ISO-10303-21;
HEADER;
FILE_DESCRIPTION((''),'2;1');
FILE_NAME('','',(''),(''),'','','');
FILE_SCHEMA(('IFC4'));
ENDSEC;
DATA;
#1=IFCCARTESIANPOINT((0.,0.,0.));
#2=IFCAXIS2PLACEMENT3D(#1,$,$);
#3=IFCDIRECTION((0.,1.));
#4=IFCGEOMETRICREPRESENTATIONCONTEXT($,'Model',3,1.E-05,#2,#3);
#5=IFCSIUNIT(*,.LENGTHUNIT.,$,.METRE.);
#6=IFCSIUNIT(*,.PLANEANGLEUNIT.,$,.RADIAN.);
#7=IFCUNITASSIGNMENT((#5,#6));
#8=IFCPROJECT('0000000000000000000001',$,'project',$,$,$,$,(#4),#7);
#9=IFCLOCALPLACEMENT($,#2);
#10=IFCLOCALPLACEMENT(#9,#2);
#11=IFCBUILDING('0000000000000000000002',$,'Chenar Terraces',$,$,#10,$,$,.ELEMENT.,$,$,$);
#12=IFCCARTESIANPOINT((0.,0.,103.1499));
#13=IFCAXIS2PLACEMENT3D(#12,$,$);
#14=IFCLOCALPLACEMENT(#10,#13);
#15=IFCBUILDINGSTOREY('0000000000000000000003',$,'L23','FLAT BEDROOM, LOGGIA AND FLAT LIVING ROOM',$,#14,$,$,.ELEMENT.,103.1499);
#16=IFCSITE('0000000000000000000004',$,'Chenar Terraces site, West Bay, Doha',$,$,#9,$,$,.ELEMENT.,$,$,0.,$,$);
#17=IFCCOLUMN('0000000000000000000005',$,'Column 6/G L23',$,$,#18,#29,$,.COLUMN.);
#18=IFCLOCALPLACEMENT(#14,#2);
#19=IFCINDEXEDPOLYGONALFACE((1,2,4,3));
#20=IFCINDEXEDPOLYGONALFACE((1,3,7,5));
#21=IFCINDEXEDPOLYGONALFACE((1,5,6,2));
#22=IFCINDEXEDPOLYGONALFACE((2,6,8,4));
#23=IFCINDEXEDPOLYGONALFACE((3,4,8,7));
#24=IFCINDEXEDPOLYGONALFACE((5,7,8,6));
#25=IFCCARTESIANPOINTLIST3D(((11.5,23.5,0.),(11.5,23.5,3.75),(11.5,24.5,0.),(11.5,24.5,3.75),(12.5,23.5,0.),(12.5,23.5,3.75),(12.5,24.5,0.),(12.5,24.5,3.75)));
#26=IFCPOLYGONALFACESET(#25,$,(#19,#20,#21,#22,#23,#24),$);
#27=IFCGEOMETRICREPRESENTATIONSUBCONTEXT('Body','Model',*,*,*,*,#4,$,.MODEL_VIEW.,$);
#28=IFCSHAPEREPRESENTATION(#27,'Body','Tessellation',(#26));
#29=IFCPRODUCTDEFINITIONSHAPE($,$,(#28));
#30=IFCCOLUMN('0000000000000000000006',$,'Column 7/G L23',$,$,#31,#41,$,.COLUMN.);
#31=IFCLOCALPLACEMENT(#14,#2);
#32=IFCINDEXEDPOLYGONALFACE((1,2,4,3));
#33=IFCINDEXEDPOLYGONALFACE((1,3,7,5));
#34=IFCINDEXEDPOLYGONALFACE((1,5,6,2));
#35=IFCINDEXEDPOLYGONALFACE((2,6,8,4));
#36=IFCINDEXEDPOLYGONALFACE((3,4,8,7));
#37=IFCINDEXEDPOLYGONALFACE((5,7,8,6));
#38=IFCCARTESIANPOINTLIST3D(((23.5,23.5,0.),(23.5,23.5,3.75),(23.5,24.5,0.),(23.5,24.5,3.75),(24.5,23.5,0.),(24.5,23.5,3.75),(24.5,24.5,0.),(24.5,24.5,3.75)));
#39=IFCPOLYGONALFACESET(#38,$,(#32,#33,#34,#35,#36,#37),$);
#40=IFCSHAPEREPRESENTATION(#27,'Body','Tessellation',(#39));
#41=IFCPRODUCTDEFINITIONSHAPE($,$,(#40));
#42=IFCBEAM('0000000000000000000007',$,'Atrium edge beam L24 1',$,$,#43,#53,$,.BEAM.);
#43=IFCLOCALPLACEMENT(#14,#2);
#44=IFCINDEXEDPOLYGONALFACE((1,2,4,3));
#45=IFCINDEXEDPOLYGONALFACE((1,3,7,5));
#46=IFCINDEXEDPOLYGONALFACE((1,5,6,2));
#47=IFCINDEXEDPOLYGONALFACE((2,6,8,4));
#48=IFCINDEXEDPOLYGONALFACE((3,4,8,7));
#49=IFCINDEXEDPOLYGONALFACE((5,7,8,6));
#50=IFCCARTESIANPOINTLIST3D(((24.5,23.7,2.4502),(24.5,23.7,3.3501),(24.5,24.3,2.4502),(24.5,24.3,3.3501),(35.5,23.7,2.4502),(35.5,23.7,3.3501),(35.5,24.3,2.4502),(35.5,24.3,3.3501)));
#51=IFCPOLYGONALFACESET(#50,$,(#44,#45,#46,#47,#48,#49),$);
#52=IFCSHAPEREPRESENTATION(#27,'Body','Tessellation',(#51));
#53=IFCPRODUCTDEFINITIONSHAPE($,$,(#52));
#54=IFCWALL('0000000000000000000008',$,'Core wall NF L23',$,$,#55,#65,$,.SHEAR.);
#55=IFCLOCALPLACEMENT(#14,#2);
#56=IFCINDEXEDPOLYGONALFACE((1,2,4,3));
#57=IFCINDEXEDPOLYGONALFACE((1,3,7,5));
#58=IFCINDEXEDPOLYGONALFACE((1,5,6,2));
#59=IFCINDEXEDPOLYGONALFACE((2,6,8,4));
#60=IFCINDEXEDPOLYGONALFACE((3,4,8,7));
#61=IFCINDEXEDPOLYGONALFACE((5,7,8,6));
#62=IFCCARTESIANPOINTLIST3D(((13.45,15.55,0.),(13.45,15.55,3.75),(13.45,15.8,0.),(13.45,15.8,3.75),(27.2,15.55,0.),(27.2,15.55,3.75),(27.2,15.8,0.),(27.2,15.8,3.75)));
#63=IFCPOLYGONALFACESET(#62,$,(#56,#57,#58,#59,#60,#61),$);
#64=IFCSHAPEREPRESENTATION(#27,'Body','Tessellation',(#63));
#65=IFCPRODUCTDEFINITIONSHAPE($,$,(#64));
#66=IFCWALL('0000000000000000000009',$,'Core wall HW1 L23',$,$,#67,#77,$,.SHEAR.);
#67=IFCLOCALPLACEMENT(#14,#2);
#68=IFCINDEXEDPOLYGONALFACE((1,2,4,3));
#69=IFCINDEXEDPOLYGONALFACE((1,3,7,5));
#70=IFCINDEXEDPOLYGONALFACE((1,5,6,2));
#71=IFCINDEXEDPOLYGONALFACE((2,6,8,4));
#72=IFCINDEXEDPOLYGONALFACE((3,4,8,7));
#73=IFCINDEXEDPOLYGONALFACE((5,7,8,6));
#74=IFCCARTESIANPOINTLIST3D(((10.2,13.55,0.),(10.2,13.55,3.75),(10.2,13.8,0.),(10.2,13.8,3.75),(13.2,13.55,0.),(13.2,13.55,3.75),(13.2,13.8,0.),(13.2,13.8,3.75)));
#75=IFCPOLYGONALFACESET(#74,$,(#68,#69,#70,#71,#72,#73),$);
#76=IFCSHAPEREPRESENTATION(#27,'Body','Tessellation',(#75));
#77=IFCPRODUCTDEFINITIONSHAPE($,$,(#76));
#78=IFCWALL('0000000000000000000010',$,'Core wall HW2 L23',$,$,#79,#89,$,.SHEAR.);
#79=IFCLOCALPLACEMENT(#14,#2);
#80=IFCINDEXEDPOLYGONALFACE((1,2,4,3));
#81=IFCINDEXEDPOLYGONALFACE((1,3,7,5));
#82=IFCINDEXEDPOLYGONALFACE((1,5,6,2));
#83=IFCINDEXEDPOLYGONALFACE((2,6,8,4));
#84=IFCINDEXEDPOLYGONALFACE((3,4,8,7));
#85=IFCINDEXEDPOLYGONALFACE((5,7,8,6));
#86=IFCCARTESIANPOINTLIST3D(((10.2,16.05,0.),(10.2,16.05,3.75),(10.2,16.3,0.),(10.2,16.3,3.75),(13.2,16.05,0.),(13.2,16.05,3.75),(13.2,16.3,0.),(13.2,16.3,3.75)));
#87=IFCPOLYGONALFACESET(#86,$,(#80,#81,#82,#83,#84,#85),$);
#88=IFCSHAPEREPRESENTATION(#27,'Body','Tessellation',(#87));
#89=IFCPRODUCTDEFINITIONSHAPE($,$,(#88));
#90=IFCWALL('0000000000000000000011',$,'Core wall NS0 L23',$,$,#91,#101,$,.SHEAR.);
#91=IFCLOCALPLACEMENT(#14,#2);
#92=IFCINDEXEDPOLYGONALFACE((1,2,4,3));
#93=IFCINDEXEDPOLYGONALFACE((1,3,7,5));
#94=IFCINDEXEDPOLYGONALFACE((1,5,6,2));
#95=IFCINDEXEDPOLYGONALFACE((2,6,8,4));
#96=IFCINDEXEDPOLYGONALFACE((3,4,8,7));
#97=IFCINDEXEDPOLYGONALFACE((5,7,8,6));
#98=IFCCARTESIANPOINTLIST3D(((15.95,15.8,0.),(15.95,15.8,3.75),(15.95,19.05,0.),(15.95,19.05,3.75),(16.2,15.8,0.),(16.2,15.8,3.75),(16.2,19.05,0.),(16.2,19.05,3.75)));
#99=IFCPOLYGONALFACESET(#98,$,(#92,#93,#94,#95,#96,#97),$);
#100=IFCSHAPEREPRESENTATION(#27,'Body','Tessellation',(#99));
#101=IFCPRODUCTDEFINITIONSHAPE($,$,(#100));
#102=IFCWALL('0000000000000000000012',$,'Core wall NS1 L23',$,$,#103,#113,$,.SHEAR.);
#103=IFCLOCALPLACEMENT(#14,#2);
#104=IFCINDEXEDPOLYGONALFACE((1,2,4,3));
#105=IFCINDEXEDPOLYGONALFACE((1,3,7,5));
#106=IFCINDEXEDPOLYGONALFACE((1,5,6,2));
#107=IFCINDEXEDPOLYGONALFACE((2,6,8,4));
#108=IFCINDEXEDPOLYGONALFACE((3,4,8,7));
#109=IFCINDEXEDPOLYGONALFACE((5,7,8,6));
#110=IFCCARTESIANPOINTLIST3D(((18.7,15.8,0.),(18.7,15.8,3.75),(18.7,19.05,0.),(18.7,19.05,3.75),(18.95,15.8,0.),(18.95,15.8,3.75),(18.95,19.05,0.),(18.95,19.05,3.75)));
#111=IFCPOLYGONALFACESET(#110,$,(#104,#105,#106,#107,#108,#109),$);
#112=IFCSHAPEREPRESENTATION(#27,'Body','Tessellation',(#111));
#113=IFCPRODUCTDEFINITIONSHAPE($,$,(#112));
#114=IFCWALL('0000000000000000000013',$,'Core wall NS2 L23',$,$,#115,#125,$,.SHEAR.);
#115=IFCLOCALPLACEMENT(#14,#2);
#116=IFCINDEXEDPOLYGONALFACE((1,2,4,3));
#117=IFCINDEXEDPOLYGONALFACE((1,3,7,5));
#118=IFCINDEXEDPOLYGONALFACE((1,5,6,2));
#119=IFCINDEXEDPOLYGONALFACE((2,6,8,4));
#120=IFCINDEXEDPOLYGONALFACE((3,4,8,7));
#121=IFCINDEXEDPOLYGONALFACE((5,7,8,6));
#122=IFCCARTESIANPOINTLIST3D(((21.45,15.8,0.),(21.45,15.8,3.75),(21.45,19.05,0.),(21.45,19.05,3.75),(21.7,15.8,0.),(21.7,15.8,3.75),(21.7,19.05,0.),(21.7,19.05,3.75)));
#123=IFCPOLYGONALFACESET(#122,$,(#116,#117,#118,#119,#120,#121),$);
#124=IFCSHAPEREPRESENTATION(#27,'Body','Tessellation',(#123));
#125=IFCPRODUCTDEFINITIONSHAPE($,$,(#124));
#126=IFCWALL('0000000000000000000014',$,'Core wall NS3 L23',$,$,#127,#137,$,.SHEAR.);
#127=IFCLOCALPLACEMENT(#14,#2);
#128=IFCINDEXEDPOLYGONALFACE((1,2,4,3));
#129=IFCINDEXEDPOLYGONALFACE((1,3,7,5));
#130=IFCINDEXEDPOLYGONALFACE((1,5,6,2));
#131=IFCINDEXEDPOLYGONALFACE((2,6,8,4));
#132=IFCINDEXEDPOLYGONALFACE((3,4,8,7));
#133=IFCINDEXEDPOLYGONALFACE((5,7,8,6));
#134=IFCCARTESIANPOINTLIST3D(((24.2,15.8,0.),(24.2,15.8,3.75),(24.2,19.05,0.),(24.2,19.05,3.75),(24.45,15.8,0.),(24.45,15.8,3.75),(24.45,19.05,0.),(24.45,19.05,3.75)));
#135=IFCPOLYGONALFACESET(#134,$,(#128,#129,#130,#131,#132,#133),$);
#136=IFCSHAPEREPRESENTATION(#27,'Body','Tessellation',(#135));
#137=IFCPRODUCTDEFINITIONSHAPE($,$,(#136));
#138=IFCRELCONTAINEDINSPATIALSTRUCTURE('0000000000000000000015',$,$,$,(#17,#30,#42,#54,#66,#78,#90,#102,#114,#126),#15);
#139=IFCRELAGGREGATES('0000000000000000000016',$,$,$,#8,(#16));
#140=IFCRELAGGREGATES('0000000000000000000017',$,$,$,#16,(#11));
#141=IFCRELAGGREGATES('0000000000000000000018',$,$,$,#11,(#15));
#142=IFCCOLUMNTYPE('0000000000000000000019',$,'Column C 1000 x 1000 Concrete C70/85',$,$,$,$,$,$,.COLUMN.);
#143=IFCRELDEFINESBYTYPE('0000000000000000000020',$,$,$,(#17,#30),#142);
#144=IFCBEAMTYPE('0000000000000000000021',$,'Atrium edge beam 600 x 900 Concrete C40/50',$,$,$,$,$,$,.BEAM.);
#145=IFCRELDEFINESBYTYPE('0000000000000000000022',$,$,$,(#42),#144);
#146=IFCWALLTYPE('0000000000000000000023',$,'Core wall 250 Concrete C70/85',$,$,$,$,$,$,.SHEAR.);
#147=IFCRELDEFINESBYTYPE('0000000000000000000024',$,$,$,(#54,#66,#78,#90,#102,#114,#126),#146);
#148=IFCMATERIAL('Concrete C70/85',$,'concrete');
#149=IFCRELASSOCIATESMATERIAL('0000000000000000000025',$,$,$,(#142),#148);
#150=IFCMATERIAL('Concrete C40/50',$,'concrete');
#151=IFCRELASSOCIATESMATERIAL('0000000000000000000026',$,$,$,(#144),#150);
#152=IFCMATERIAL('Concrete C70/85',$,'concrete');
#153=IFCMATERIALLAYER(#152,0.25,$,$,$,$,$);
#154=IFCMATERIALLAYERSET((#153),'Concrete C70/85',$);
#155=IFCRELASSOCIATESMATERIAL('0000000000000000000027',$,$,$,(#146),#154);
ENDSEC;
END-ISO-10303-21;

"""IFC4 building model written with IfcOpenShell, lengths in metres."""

from ifc_helpers import new_model, si_unit, direction, frame, frame_2d, origin, origin_2d, place, context, subcontext, project, spatial, rectangle, extrude, material, layer, layer_set, material_profile, profile_set, type_object, element, save


model = new_model("IFC4")

# Units and contexts
model_context = context("Model", 3, precision=1e-05, world=origin(), true_north=direction((0.0, 1.0)))
body_context = subcontext(model_context, "Body", "Model", "MODEL_VIEW")
ifc_project = project(units=[si_unit("LENGTHUNIT", "METRE"), si_unit("PLANEANGLEUNIT", "RADIAN")], contexts=[model_context])

# Site, building, storey
site_placement = place(None, origin())
site = spatial("IfcSite", under=ifc_project, at=site_placement, Name="Chenar Terraces site, West Bay, Doha", CompositionType="ELEMENT", RefElevation=0.0)
building_placement = place(site_placement, origin())
building = spatial("IfcBuilding", under=site, at=building_placement, Name="Chenar Terraces", CompositionType="ELEMENT")
storey_placement = place(building_placement, frame((0.0, 0.0, 103.1499)))
storey = spatial("IfcBuildingStorey", under=building, at=storey_placement, Name="L23", Description="FLAT BEDROOM, LOGGIA AND FLAT LIVING ROOM", CompositionType="ELEMENT", Elevation=103.1499)

# Columns
ifc_material_1 = material(Name="Concrete C70/85", Category="concrete")
ifc_material_profile_1 = material_profile(ifc_material_1, rectangle(XDim=1.0, YDim=1.0, at=origin_2d()), Name="C 1000 x 1000")
ifc_profile_set_1 = profile_set([ifc_material_profile_1], Name="Concrete C70/85")
column_type = type_object("IfcColumnType", Name="Column C 1000 x 1000 Concrete C70/85", PredefinedType="COLUMN", material=ifc_profile_set_1)
for number, where, z_axis, x_axis, name in (
    (1, (12.0, 24.0, 0.0), (0.0, 0.0, 1.0), (1.0, 0.0, 0.0), "Column 6/G L23"),
    (2, (24.0, 24.0, 0.0), (0.0, 0.0, 1.0), (1.0, 0.0, 0.0), "Column 7/G L23"),
):
    element("IfcColumn", number, at=place(storey_placement, frame(where, z_axis=z_axis, x_axis=x_axis)), inside=storey, type_object=column_type, Name=name, PredefinedType="COLUMN", context=body_context, shape_type="SweptSolid", body=[
        extrude(rectangle(XDim=1.0, YDim=1.0, at=origin_2d()), origin(), (0.0, 0.0, 1.0), 3.75),
    ])

# Beam
ifc_material_2 = material(Name="Concrete C40/50", Category="concrete")
ifc_material_profile_2 = material_profile(ifc_material_2, rectangle(XDim=0.6001, YDim=0.8999, at=origin_2d()), Name="RC 600 x 900")
ifc_profile_set_2 = profile_set([ifc_material_profile_2], Name="Concrete C40/50")
beam_type = type_object("IfcBeamType", Name="Atrium edge beam 600 x 900 Concrete C40/50", PredefinedType="BEAM", material=ifc_profile_set_2)
beam_placement = place(storey_placement, frame((24.5, 24.0, 2.9001), z_axis=(1.0, 0.0, 0.0), x_axis=(0.0, 1.0, 0.0)))
element("IfcBeam", 3, at=beam_placement, inside=storey, type_object=beam_type, Name="Atrium edge beam L24 1", PredefinedType="BEAM", context=body_context, shape_type="SweptSolid", body=[
    extrude(rectangle(XDim=0.6001, YDim=0.8999, at=origin_2d()), origin(), (0.0, 0.0, 1.0), 11.0),
])

# Walls
ifc_material_3 = material(Name="Concrete C70/85", Category="concrete")
ifc_layer_1 = layer(ifc_material_3, 0.25)
ifc_layer_set_1 = layer_set([ifc_layer_1], Name="Concrete C70/85")
wall_type_1 = type_object("IfcWallType", Name="Core wall 250 Concrete C70/85", PredefinedType="SHEAR", material=ifc_layer_set_1)
wall_1_placement = place(storey_placement, frame((13.45, 15.675, 0.0), z_axis=(0.0, 0.0, 1.0), x_axis=(1.0, 0.0, 0.0)))
element("IfcWall", 4, at=wall_1_placement, inside=storey, type_object=wall_type_1, Name="Core wall NF L23", PredefinedType="SHEAR", context=body_context, shape_type="SweptSolid", body=[
    extrude(rectangle(XDim=13.75, YDim=0.25, at=frame_2d((6.875, 0.0))), origin(), (0.0, 0.0, 1.0), 3.75),
])
for number, where, z_axis, x_axis, name in (
    (5, (10.2, 13.675, 0.0), (0.0, 0.0, 1.0), (1.0, 0.0, 0.0), "Core wall HW1 L23"),
    (6, (10.2, 16.175, 0.0), (0.0, 0.0, 1.0), (1.0, 0.0, 0.0), "Core wall HW2 L23"),
):
    element("IfcWall", number, at=place(storey_placement, frame(where, z_axis=z_axis, x_axis=x_axis)), inside=storey, type_object=wall_type_1, Name=name, PredefinedType="SHEAR", context=body_context, shape_type="SweptSolid", body=[
        extrude(rectangle(XDim=3.0, YDim=0.25, at=frame_2d((1.5, 0.0))), origin(), (0.0, 0.0, 1.0), 3.75),
    ])
for number, where, z_axis, x_axis, name in (
    (7, (16.075, 15.8, 0.0), (0.0, 0.0, 1.0), (0.0, 1.0, 0.0), "Core wall NS0 L23"),
    (8, (18.825, 15.8, 0.0), (0.0, 0.0, 1.0), (0.0, 1.0, 0.0), "Core wall NS1 L23"),
    (9, (21.575, 15.8, 0.0), (0.0, 0.0, 1.0), (0.0, 1.0, 0.0), "Core wall NS2 L23"),
    (10, (24.325, 15.8, 0.0), (0.0, 0.0, 1.0), (0.0, 1.0, 0.0), "Core wall NS3 L23"),
):
    element("IfcWall", number, at=place(storey_placement, frame(where, z_axis=z_axis, x_axis=x_axis)), inside=storey, type_object=wall_type_1, Name=name, PredefinedType="SHEAR", context=body_context, shape_type="SweptSolid", body=[
        extrude(rectangle(XDim=3.25, YDim=0.25, at=frame_2d((1.625, 0.0))), origin(), (0.0, 0.0, 1.0), 3.75),
    ])

save(model, "model.ifc")
